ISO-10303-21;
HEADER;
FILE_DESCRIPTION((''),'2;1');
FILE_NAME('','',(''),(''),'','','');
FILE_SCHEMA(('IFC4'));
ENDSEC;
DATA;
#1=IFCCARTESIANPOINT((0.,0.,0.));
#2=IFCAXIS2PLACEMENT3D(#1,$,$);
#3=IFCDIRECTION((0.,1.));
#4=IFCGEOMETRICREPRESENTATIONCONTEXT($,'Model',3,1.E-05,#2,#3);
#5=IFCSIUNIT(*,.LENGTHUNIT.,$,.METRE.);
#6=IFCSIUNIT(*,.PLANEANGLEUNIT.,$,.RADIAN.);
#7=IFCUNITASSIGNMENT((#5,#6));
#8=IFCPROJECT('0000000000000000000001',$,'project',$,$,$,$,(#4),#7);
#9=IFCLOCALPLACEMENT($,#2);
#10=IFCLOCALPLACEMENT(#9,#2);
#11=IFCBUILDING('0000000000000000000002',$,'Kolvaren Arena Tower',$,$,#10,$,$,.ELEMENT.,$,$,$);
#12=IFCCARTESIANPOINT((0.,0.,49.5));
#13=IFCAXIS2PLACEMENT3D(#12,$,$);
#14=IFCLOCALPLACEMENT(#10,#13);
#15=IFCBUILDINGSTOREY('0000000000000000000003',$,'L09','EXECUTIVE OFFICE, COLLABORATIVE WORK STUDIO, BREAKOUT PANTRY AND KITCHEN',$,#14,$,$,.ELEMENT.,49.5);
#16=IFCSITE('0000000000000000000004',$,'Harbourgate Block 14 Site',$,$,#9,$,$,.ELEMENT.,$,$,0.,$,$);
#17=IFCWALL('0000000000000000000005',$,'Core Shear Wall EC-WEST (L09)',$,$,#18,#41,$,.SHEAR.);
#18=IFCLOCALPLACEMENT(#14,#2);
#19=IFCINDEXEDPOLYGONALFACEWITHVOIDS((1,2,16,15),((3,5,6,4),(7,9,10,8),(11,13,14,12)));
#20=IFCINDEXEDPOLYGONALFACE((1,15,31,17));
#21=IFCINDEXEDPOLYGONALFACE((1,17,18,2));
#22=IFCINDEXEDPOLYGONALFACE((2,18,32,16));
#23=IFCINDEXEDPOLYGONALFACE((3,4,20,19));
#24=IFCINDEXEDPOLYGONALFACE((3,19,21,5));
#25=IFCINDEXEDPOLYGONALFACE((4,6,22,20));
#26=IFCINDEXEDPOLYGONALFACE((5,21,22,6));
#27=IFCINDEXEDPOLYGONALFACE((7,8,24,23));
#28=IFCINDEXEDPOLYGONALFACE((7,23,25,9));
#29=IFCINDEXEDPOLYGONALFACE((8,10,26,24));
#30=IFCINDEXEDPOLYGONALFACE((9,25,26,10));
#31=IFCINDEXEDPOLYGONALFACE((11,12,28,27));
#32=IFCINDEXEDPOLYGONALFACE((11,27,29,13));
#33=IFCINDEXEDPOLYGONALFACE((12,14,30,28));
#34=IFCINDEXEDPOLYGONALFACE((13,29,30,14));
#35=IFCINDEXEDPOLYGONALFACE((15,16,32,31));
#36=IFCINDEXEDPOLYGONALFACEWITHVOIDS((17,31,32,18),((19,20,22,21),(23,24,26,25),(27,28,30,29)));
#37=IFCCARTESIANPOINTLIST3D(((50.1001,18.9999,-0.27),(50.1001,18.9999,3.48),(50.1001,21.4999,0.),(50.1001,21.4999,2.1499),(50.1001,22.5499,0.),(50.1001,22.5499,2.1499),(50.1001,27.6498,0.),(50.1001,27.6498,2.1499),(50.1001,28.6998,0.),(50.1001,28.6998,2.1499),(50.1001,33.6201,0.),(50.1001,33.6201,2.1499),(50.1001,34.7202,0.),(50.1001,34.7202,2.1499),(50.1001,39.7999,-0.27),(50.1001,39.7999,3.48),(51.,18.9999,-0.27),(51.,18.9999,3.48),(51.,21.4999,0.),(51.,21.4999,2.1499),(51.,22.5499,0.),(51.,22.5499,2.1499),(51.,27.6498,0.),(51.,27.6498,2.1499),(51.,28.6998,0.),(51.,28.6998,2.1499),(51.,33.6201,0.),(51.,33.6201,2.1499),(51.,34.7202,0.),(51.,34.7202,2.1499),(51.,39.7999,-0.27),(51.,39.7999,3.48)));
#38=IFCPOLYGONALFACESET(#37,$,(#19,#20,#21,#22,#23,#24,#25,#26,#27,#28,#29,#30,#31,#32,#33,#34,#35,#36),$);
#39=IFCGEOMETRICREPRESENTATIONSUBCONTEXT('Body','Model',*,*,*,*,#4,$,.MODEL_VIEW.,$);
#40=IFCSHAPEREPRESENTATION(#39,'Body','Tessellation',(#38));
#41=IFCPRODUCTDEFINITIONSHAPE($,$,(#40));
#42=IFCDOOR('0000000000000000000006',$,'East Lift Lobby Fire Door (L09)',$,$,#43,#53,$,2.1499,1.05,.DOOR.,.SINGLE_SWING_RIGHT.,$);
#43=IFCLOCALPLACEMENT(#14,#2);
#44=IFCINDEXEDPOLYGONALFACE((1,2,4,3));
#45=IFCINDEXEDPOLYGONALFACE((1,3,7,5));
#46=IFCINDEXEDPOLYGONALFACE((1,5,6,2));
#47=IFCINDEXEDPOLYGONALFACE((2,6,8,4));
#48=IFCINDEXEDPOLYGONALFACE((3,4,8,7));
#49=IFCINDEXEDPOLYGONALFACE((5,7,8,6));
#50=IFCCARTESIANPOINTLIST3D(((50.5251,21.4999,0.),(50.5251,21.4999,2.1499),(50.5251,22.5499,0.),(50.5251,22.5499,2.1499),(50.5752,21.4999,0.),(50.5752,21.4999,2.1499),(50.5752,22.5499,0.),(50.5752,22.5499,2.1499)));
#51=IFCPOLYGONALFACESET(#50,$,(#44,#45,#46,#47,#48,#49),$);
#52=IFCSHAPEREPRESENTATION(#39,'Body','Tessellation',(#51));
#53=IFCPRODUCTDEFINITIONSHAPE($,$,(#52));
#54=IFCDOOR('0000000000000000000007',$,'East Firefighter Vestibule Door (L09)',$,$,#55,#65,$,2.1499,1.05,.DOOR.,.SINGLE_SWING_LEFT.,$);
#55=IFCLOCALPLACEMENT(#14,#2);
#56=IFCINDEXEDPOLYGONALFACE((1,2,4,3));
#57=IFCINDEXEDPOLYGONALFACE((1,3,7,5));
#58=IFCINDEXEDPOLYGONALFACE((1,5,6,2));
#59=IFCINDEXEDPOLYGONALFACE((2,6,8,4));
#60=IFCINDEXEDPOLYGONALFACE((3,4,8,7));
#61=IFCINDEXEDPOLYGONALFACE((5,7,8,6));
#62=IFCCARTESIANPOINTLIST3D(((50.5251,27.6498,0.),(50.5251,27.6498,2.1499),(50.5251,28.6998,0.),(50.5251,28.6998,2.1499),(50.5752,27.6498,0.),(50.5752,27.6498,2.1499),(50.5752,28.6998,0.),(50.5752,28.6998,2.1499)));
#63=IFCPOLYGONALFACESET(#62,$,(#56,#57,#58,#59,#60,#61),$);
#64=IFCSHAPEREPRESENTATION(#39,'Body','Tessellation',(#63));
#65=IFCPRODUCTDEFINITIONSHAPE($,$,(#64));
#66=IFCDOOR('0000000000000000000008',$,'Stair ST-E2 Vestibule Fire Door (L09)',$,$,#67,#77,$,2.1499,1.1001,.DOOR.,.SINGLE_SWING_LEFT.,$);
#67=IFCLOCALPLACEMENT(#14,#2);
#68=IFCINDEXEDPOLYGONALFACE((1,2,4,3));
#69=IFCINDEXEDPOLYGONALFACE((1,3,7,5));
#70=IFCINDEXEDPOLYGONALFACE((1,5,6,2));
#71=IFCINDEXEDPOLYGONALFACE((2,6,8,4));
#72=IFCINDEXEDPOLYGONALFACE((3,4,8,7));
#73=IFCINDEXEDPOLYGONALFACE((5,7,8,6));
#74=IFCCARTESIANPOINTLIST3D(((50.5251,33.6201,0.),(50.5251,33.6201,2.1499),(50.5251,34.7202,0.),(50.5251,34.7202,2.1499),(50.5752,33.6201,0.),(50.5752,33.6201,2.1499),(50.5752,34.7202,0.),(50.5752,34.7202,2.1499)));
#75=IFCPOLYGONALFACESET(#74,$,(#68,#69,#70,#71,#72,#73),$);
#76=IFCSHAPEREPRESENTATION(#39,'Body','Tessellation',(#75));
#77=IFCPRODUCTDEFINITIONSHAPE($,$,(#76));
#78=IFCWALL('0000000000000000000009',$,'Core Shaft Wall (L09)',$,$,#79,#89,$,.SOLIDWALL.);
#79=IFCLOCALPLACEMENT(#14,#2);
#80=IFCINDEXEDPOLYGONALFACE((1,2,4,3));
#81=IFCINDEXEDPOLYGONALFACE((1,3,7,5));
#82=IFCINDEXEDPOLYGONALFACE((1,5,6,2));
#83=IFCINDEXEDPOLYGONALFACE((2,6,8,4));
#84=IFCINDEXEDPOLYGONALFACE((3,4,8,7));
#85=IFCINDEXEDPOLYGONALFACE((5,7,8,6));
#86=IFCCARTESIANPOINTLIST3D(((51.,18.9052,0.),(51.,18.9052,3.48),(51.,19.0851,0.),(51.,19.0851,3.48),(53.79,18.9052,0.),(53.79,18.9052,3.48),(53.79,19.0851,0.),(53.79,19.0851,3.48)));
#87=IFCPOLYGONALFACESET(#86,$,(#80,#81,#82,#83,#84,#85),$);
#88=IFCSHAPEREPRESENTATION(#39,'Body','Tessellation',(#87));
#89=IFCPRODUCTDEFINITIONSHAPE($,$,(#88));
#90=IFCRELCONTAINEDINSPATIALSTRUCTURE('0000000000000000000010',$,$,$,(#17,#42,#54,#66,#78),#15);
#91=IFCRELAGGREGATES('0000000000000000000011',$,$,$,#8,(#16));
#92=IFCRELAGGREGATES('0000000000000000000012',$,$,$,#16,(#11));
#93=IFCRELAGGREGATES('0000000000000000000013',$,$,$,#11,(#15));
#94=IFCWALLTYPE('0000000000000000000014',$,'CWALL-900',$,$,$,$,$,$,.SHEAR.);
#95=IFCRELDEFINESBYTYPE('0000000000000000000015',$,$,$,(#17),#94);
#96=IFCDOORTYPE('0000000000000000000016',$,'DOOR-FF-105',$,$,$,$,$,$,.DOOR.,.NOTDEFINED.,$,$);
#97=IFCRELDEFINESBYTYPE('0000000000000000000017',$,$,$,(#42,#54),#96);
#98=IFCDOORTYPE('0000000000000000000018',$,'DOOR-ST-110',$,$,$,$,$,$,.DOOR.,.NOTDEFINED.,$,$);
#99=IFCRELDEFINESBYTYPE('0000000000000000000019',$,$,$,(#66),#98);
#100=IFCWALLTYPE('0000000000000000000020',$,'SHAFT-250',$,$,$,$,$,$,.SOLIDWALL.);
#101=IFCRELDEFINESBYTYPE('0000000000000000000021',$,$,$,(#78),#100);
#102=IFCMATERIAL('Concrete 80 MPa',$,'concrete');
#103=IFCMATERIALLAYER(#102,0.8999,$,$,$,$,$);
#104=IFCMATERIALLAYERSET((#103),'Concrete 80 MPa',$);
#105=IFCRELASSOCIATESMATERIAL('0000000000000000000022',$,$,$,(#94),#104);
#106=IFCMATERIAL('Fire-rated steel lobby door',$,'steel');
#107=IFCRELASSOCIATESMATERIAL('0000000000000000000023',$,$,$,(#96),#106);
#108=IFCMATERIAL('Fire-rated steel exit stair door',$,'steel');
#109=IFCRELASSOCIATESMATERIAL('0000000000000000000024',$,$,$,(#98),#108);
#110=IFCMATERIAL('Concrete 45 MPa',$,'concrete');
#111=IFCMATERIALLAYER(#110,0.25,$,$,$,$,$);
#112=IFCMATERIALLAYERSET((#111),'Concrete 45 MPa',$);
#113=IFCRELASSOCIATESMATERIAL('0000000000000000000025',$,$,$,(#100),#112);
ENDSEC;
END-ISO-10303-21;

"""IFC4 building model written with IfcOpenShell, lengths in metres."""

from ifc_helpers import new_model, si_unit, direction, frame, frame_2d, origin, place, context, subcontext, project, spatial, rectangle, extrude, material, layer, layer_set, type_object, element, fill, save


model = new_model("IFC4")

# Units and contexts
model_context = context("Model", 3, precision=1e-05, world=origin(), true_north=direction((0.0, 1.0)))
body_context = subcontext(model_context, "Body", "Model", "MODEL_VIEW")
ifc_project = project(units=[si_unit("LENGTHUNIT", "METRE"), si_unit("PLANEANGLEUNIT", "RADIAN")], contexts=[model_context])

# Site, building, storey
site_placement = place(None, origin())
site = spatial("IfcSite", under=ifc_project, at=site_placement, Name="Harbourgate Block 14 Site", CompositionType="ELEMENT", RefElevation=0.0)
building_placement = place(site_placement, origin())
building = spatial("IfcBuilding", under=site, at=building_placement, Name="Kolvaren Arena Tower", CompositionType="ELEMENT")
storey_placement = place(building_placement, frame((0.0, 0.0, 49.5)))
storey = spatial("IfcBuildingStorey", under=building, at=storey_placement, Name="L09", Description="EXECUTIVE OFFICE, COLLABORATIVE WORK STUDIO, BREAKOUT PANTRY AND KITCHEN", CompositionType="ELEMENT", Elevation=49.5)

# Wall, openings, doors
ifc_material_1 = material(Name="Concrete 80 MPa", Category="concrete")
ifc_layer_1 = layer(ifc_material_1, 0.8999)
ifc_layer_set_1 = layer_set([ifc_layer_1], Name="Concrete 80 MPa")
wall_type_1 = type_object("IfcWallType", Name="CWALL-900", PredefinedType="SHEAR", material=ifc_layer_set_1)
wall_1_placement = place(storey_placement, frame((50.55, 19.0, -0.27), z_axis=(0.0, 0.0, 1.0), x_axis=(0.0, 1.0, 0.0)))
wall_1 = element("IfcWall", 1, at=wall_1_placement, inside=storey, type_object=wall_type_1, Name="Core Shear Wall EC-WEST (L09)", PredefinedType="SHEAR", context=body_context, shape_type="SweptSolid", body=[
    extrude(rectangle(XDim=20.8, YDim=0.8999, at=frame_2d((10.3999, 0.0))), origin(), (0.0, 0.0, 1.0), 3.75),
])
opening_1_placement = place(wall_1_placement, frame((2.5, 0.0, 0.27)))
opening_1 = element("IfcOpeningElement", 2, at=opening_1_placement, cuts=wall_1, PredefinedType="OPENING", context=body_context, shape_type="SweptSolid", body=[
    extrude(rectangle(XDim=1.05, YDim=2.1499, at=frame_2d((0.5249, 1.075))), frame((0.0, 0.46, 0.0), z_axis=(0.0, -1.0, 0.0), x_axis=(1.0, 0.0, 0.0)), (0.0, 0.0, 1.0), 0.9199),
])
opening_2_placement = place(wall_1_placement, frame((8.6499, 0.0, 0.27)))
opening_2 = element("IfcOpeningElement", 3, at=opening_2_placement, cuts=wall_1, PredefinedType="OPENING", context=body_context, shape_type="SweptSolid", body=[
    extrude(rectangle(XDim=1.05, YDim=2.1499, at=frame_2d((0.5249, 1.075))), frame((0.0, 0.46, 0.0), z_axis=(0.0, -1.0, 0.0), x_axis=(1.0, 0.0, 0.0)), (0.0, 0.0, 1.0), 0.9199),
])
opening_3_placement = place(wall_1_placement, frame((14.6201, 0.0, 0.27)))
opening_3 = element("IfcOpeningElement", 4, at=opening_3_placement, cuts=wall_1, PredefinedType="OPENING", context=body_context, shape_type="SweptSolid", body=[
    extrude(rectangle(XDim=1.1001, YDim=2.1499, at=frame_2d((0.55, 1.075))), frame((0.0, 0.46, 0.0), z_axis=(0.0, -1.0, 0.0), x_axis=(1.0, 0.0, 0.0)), (0.0, 0.0, 1.0), 0.9199),
])
ifc_material_2 = material(Name="Fire-rated steel lobby door", Category="steel")
door_type_1 = type_object("IfcDoorType", Name="DOOR-FF-105", OperationType="NOTDEFINED", PredefinedType="DOOR", material=ifc_material_2)
door_1_placement = place(opening_1_placement, origin())
door_1 = element("IfcDoor", 5, at=door_1_placement, inside=storey, type_object=door_type_1, Name="East Lift Lobby Fire Door (L09)", OperationType="SINGLE_SWING_RIGHT", OverallHeight=2.1499, OverallWidth=1.05, PredefinedType="DOOR", context=body_context, shape_type="SweptSolid", body=[
    extrude(rectangle(XDim=1.05, YDim=2.1499, at=frame_2d((0.5249, 1.075))), frame((0.0, 0.0249, 0.0), z_axis=(0.0, -1.0, 0.0), x_axis=(1.0, 0.0, 0.0)), (0.0, 0.0, 1.0), 0.05),
])
fill(opening_1, door_1)
door_2_placement = place(opening_2_placement, origin())
door_2 = element("IfcDoor", 6, at=door_2_placement, inside=storey, type_object=door_type_1, Name="East Firefighter Vestibule Door (L09)", OperationType="SINGLE_SWING_LEFT", OverallHeight=2.1499, OverallWidth=1.05, PredefinedType="DOOR", context=body_context, shape_type="SweptSolid", body=[
    extrude(rectangle(XDim=1.05, YDim=2.1499, at=frame_2d((0.5249, 1.075))), frame((0.0, 0.0249, 0.0), z_axis=(0.0, -1.0, 0.0), x_axis=(1.0, 0.0, 0.0)), (0.0, 0.0, 1.0), 0.05),
])
fill(opening_2, door_2)
ifc_material_3 = material(Name="Fire-rated steel exit stair door", Category="steel")
door_type_2 = type_object("IfcDoorType", Name="DOOR-ST-110", OperationType="NOTDEFINED", PredefinedType="DOOR", material=ifc_material_3)
door_3_placement = place(opening_3_placement, origin())
door_3 = element("IfcDoor", 7, at=door_3_placement, inside=storey, type_object=door_type_2, Name="Stair ST-E2 Vestibule Fire Door (L09)", OperationType="SINGLE_SWING_LEFT", OverallHeight=2.1499, OverallWidth=1.1001, PredefinedType="DOOR", context=body_context, shape_type="SweptSolid", body=[
    extrude(rectangle(XDim=1.1001, YDim=2.1499, at=frame_2d((0.55, 1.075))), frame((0.0, 0.0249, 0.0), z_axis=(0.0, -1.0, 0.0), x_axis=(1.0, 0.0, 0.0)), (0.0, 0.0, 1.0), 0.05),
])
fill(opening_3, door_3)

# Wall
ifc_material_4 = material(Name="Concrete 45 MPa", Category="concrete")
ifc_layer_2 = layer(ifc_material_4, 0.25)
ifc_layer_set_2 = layer_set([ifc_layer_2], Name="Concrete 45 MPa")
wall_type_2 = type_object("IfcWallType", Name="SHAFT-250", PredefinedType="SOLIDWALL", material=ifc_layer_set_2)
wall_2_placement = place(storey_placement, frame((51.0, 18.9951, 0.0), z_axis=(0.0, 0.0, 1.0), x_axis=(1.0, 0.0, 0.0)))
element("IfcWall", 8, at=wall_2_placement, inside=storey, type_object=wall_type_2, Name="Core Shaft Wall (L09)", PredefinedType="SOLIDWALL", context=body_context, shape_type="SweptSolid", body=[
    extrude(rectangle(XDim=2.79, YDim=0.1799, at=frame_2d((1.395, 0.0))), origin(), (0.0, 0.0, 1.0), 3.48),
])

save(model, "model.ifc")
